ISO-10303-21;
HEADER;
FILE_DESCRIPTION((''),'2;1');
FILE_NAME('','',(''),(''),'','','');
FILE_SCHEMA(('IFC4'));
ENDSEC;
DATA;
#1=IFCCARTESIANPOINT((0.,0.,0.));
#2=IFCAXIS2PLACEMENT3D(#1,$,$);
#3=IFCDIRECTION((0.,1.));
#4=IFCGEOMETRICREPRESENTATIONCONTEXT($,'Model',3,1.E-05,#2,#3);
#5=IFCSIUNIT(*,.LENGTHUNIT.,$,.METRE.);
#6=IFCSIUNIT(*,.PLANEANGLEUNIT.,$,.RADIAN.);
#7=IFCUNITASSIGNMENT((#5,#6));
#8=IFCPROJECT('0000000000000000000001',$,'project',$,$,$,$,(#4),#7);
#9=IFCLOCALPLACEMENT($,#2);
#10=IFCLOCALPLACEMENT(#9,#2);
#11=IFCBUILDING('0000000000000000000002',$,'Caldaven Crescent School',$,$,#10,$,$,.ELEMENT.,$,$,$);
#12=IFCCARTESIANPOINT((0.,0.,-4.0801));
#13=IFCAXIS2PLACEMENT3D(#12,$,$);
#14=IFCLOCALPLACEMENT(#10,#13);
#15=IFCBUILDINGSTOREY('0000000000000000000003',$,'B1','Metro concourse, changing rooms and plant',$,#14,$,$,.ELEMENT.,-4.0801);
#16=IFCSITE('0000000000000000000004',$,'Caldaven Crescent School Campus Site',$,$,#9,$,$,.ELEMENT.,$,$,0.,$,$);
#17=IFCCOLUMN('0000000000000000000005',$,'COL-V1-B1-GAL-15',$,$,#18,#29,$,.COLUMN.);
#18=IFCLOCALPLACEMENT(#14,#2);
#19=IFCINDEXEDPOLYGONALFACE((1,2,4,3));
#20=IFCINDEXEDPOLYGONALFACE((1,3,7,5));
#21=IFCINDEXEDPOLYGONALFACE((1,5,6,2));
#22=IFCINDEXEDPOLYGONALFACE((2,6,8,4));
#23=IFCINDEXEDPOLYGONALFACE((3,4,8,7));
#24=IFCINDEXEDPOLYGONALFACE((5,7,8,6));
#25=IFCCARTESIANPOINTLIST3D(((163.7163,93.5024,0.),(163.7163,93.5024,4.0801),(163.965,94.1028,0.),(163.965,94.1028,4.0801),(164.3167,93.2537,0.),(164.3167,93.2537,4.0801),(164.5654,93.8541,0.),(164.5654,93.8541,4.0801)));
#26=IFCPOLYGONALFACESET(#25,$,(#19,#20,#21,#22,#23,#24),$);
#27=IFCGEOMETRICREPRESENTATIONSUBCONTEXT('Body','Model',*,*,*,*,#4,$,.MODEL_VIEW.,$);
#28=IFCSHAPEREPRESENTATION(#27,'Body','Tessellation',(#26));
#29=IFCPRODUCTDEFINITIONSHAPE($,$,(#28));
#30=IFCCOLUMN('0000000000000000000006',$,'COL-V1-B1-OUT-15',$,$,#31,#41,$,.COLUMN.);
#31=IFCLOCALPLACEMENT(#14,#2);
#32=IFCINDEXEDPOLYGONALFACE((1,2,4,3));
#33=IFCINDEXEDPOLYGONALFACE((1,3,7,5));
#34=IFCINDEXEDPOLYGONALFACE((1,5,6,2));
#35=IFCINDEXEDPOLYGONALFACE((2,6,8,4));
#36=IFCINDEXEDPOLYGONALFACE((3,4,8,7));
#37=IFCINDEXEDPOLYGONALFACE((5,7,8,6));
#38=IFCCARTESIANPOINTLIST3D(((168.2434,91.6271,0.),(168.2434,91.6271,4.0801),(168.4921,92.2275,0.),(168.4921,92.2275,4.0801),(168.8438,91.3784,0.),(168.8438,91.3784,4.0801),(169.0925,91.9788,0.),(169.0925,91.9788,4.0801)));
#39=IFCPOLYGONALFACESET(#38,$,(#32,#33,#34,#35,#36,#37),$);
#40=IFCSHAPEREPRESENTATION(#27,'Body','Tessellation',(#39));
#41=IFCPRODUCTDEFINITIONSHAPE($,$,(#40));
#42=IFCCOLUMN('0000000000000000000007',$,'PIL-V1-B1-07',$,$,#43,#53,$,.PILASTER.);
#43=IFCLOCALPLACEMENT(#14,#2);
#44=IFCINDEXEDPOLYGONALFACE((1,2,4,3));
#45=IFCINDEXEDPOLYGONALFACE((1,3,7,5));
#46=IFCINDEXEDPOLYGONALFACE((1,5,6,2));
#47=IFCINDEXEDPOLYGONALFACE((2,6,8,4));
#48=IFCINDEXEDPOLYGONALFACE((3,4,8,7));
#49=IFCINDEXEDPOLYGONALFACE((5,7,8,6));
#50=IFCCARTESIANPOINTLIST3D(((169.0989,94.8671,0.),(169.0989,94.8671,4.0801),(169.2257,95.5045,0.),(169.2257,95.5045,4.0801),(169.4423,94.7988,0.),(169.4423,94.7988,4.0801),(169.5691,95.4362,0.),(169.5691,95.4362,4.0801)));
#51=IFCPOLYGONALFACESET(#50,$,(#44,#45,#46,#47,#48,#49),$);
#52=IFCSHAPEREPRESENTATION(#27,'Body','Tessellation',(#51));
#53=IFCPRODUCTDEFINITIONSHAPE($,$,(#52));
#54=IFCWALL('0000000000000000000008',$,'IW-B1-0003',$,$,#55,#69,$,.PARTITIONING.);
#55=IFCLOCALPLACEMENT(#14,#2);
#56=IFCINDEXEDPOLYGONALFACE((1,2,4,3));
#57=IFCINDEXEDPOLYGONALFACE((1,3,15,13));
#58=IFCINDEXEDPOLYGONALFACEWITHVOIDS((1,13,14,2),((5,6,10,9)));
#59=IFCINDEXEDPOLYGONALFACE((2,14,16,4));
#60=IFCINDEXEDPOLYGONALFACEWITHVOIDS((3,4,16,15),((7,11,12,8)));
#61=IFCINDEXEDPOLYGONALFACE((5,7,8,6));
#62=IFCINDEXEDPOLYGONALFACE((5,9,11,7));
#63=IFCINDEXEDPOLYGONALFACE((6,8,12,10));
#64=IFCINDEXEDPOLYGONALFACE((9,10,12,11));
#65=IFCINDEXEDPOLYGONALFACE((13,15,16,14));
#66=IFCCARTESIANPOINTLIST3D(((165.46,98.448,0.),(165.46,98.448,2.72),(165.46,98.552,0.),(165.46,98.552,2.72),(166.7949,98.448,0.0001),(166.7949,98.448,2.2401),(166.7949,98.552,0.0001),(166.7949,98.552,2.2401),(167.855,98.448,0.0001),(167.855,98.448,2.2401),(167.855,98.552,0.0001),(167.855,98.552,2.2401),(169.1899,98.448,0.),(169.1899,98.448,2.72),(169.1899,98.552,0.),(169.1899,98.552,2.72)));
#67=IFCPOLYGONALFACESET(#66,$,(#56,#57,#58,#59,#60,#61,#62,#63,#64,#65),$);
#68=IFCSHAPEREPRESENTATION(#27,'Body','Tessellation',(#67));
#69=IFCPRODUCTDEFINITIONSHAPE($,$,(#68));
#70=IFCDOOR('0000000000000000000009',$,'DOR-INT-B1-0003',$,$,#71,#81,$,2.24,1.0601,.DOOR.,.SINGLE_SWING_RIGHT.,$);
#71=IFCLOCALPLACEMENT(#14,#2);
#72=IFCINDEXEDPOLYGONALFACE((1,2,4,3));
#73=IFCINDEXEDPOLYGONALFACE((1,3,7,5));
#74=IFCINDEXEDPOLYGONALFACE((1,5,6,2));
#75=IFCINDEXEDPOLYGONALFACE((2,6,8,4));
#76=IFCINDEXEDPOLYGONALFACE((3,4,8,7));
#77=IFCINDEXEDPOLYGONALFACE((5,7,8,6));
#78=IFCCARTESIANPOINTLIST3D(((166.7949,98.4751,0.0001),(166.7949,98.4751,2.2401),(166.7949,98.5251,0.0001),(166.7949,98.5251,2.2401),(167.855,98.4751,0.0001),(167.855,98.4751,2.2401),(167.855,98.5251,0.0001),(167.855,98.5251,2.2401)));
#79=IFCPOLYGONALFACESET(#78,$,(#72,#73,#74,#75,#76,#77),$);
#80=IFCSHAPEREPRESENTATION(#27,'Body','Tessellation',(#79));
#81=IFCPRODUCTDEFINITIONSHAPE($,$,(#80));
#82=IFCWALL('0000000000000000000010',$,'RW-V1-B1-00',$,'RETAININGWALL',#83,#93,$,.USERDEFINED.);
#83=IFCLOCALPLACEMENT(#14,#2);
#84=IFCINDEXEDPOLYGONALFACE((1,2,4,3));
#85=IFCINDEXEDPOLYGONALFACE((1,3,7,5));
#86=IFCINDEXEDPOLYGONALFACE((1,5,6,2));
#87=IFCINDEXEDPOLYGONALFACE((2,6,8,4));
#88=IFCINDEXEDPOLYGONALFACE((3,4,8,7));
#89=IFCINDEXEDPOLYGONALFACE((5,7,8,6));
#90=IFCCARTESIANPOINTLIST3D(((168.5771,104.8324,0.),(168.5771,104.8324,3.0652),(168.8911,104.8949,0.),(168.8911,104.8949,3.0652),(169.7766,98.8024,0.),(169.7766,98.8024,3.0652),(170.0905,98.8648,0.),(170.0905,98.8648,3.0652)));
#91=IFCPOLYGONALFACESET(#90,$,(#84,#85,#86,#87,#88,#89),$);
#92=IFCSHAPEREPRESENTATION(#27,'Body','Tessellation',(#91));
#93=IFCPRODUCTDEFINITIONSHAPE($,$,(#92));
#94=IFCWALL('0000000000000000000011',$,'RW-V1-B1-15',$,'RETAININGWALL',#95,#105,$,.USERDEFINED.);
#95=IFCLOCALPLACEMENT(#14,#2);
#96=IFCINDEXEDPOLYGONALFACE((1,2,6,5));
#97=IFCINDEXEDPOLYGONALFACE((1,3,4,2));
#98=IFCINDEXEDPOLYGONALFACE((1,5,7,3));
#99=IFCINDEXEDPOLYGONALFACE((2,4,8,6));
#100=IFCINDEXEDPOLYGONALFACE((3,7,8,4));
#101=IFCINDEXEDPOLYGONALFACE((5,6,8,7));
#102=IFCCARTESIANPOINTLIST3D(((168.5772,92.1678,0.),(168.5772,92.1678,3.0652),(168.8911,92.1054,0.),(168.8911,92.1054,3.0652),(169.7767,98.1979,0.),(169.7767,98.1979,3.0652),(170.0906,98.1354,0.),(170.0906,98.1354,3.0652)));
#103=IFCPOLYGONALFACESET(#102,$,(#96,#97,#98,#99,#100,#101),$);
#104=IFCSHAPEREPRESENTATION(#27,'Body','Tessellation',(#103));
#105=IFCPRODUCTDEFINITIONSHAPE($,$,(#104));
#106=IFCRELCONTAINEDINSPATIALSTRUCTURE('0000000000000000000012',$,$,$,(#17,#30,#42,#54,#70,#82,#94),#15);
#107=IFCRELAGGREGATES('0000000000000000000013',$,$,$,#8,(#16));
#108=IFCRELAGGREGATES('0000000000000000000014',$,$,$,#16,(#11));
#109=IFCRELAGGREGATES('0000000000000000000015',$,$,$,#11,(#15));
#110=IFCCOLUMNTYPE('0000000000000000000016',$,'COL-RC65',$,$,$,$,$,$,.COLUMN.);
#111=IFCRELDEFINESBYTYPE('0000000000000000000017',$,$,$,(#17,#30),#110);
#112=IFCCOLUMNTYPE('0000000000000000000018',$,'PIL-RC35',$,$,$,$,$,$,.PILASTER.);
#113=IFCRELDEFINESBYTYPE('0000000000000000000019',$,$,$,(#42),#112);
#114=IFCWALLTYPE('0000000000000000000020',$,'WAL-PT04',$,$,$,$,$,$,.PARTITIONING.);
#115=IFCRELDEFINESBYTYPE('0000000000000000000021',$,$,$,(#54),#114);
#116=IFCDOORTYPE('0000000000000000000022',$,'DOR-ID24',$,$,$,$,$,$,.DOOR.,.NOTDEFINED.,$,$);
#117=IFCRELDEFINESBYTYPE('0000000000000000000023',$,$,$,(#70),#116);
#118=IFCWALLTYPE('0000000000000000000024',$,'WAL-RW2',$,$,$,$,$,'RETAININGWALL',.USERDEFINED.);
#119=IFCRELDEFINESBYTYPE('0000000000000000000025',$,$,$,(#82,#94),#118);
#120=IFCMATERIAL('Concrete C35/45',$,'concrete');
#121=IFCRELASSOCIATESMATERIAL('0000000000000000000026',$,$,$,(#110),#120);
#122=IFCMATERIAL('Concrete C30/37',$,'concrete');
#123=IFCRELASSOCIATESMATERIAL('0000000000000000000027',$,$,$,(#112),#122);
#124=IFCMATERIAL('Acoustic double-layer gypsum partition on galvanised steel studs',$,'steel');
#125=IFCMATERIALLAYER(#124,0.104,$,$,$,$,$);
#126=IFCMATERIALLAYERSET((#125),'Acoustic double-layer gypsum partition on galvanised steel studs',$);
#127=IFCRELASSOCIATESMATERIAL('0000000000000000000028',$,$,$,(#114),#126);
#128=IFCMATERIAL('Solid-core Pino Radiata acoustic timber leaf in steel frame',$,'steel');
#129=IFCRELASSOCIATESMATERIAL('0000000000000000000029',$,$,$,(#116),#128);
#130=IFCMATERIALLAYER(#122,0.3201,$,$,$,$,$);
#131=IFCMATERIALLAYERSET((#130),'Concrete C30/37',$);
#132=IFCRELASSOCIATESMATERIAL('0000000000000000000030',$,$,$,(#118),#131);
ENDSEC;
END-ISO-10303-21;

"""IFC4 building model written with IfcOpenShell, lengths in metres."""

from ifc_helpers import new_model, si_unit, direction, frame, frame_2d, origin, origin_2d, place, context, subcontext, project, spatial, rectangle, extrude, material, layer, layer_set, material_profile, profile_set, type_object, element, fill, save


model = new_model("IFC4")

# Units and contexts
model_context = context("Model", 3, precision=1e-05, world=origin(), true_north=direction((0.0, 1.0)))
body_context = subcontext(model_context, "Body", "Model", "MODEL_VIEW")
ifc_project = project(units=[si_unit("LENGTHUNIT", "METRE"), si_unit("PLANEANGLEUNIT", "RADIAN")], contexts=[model_context])

# Site, building, storey
site_placement = place(None, origin())
site = spatial("IfcSite", under=ifc_project, at=site_placement, Name="Caldaven Crescent School Campus Site", CompositionType="ELEMENT", RefElevation=0.0)
building_placement = place(site_placement, origin())
building = spatial("IfcBuilding", under=site, at=building_placement, Name="Caldaven Crescent School", CompositionType="ELEMENT")
storey_placement = place(building_placement, frame((0.0, 0.0, -4.0801)))
storey = spatial("IfcBuildingStorey", under=building, at=storey_placement, Name="B1", Description="Metro concourse, changing rooms and plant", CompositionType="ELEMENT", Elevation=-4.0801)

# Shared definitions
ifc_material_1 = material(Name="Concrete C30/37", Category="concrete")
ifc_material_2 = material(Name="Concrete C35/45", Category="concrete")

# Columns
ifc_material_profile_1 = material_profile(ifc_material_2, rectangle(XDim=0.6499, YDim=0.6499, at=origin_2d()), Name="RC 650x650")
ifc_profile_set_1 = profile_set([ifc_material_profile_1], Name="Concrete C35/45")
column_type_1 = type_object("IfcColumnType", Name="COL-RC65", PredefinedType="COLUMN", material=ifc_profile_set_1)
for number, where, z_axis, x_axis, name in (
    (1, (164.1409, 93.6782, 0.0), (0.0, 0.0, 1.0), (0.92388, -0.382683, 0.0), "COL-V1-B1-GAL-15"),
    (2, (168.668, 91.803, 0.0), (0.0, 0.0, 1.0), (0.92388, -0.382683, 0.0), "COL-V1-B1-OUT-15"),
):
    element("IfcColumn", number, at=place(storey_placement, frame(where, z_axis=z_axis, x_axis=x_axis)), inside=storey, type_object=column_type_1, Name=name, PredefinedType="COLUMN", context=body_context, shape_type="SweptSolid", body=[
        extrude(rectangle(XDim=0.6499, YDim=0.6499, at=origin_2d()), origin(), (0.0, 0.0, 1.0), 4.0801),
    ])
ifc_material_profile_2 = material_profile(ifc_material_1, rectangle(XDim=0.3501, YDim=0.6499, at=origin_2d()), Name="RC 350x650")
ifc_profile_set_2 = profile_set([ifc_material_profile_2], Name="Concrete C30/37")
column_type_2 = type_object("IfcColumnType", Name="PIL-RC35", PredefinedType="PILASTER", material=ifc_profile_set_2)
column_placement = place(storey_placement, frame((169.334, 95.1516, 0.0), z_axis=(0.0, 0.0, 1.0), x_axis=(0.980785, -0.19509, 0.0)))
element("IfcColumn", 3, at=column_placement, inside=storey, type_object=column_type_2, Name="PIL-V1-B1-07", PredefinedType="PILASTER", context=body_context, shape_type="SweptSolid", body=[
    extrude(rectangle(XDim=0.3501, YDim=0.6499, at=origin_2d()), origin(), (0.0, 0.0, 1.0), 4.0801),
])

# Wall, opening, door
ifc_material_3 = material(Name="Acoustic double-layer gypsum partition on galvanised steel studs", Category="steel")
ifc_layer_1 = layer(ifc_material_3, 0.104)
ifc_layer_set_1 = layer_set([ifc_layer_1], Name="Acoustic double-layer gypsum partition on galvanised steel studs")
wall_type_1 = type_object("IfcWallType", Name="WAL-PT04", PredefinedType="PARTITIONING", material=ifc_layer_set_1)
wall_placement = place(storey_placement, frame((165.46, 98.5, 0.0), z_axis=(0.0, 0.0, 1.0), x_axis=(1.0, 0.0, 0.0)))
wall = element("IfcWall", 4, at=wall_placement, inside=storey, type_object=wall_type_1, Name="IW-B1-0003", PredefinedType="PARTITIONING", context=body_context, shape_type="SweptSolid", body=[
    extrude(rectangle(XDim=3.73, YDim=0.104, at=frame_2d((1.865, 0.0))), origin(), (0.0, 0.0, 1.0), 2.72),
])
opening_placement = place(wall_placement, frame((1.335, 0.0, 0.0)))
opening = element("IfcOpeningElement", 5, at=opening_placement, cuts=wall, PredefinedType="OPENING", context=body_context, shape_type="SweptSolid", body=[
    extrude(rectangle(XDim=1.0601, YDim=2.24, at=frame_2d((0.53, 1.1201))), frame((0.0, 0.062, 0.0), z_axis=(0.0, -1.0, 0.0), x_axis=(1.0, 0.0, 0.0)), (0.0, 0.0, 1.0), 0.124),
])
ifc_material_4 = material(Name="Solid-core Pino Radiata acoustic timber leaf in steel frame", Category="steel")
door_type = type_object("IfcDoorType", Name="DOR-ID24", OperationType="NOTDEFINED", PredefinedType="DOOR", material=ifc_material_4)
door_placement = place(opening_placement, frame((1.0601, 0.0, 0.0), z_axis=(0.0, 0.0, 1.0), x_axis=(-1.0, 0.0, 0.0)))
door = element("IfcDoor", 6, at=door_placement, inside=storey, type_object=door_type, Name="DOR-INT-B1-0003", OperationType="SINGLE_SWING_RIGHT", OverallHeight=2.24, OverallWidth=1.0601, PredefinedType="DOOR", context=body_context, shape_type="SweptSolid", body=[
    extrude(rectangle(XDim=1.0601, YDim=2.24, at=frame_2d((0.53, 1.1201))), frame((0.0, 0.0249, 0.0), z_axis=(0.0, -1.0, 0.0), x_axis=(1.0, 0.0, 0.0)), (0.0, 0.0, 1.0), 0.05),
])
fill(opening, door)

# Walls
ifc_layer_2 = layer(ifc_material_1, 0.3201)
ifc_layer_set_2 = layer_set([ifc_layer_2], Name="Concrete C30/37")
wall_type_2 = type_object("IfcWallType", Name="WAL-RW2", ElementType="RETAININGWALL", PredefinedType="USERDEFINED", material=ifc_layer_set_2)
for number, where, z_axis, x_axis, name in (
    (7, (169.9336, 98.8335, 0.0), (0.0, 0.0, 1.0), (-0.195093, 0.980785, 0.0), "RW-V1-B1-00"),
    (8, (168.7341, 92.1365, 0.0), (0.0, 0.0, 1.0), (0.195093, 0.980785, 0.0), "RW-V1-B1-15"),
):
    element("IfcWall", number, at=place(storey_placement, frame(where, z_axis=z_axis, x_axis=x_axis)), inside=storey, type_object=wall_type_2, Name=name, ObjectType="RETAININGWALL", PredefinedType="USERDEFINED", context=body_context, shape_type="SweptSolid", body=[
        extrude(rectangle(XDim=6.1482, YDim=0.3201, at=frame_2d((3.0742, 0.0))), origin(), (0.0, 0.0, 1.0), 3.0652),
    ])

save(model, "model.ifc")
